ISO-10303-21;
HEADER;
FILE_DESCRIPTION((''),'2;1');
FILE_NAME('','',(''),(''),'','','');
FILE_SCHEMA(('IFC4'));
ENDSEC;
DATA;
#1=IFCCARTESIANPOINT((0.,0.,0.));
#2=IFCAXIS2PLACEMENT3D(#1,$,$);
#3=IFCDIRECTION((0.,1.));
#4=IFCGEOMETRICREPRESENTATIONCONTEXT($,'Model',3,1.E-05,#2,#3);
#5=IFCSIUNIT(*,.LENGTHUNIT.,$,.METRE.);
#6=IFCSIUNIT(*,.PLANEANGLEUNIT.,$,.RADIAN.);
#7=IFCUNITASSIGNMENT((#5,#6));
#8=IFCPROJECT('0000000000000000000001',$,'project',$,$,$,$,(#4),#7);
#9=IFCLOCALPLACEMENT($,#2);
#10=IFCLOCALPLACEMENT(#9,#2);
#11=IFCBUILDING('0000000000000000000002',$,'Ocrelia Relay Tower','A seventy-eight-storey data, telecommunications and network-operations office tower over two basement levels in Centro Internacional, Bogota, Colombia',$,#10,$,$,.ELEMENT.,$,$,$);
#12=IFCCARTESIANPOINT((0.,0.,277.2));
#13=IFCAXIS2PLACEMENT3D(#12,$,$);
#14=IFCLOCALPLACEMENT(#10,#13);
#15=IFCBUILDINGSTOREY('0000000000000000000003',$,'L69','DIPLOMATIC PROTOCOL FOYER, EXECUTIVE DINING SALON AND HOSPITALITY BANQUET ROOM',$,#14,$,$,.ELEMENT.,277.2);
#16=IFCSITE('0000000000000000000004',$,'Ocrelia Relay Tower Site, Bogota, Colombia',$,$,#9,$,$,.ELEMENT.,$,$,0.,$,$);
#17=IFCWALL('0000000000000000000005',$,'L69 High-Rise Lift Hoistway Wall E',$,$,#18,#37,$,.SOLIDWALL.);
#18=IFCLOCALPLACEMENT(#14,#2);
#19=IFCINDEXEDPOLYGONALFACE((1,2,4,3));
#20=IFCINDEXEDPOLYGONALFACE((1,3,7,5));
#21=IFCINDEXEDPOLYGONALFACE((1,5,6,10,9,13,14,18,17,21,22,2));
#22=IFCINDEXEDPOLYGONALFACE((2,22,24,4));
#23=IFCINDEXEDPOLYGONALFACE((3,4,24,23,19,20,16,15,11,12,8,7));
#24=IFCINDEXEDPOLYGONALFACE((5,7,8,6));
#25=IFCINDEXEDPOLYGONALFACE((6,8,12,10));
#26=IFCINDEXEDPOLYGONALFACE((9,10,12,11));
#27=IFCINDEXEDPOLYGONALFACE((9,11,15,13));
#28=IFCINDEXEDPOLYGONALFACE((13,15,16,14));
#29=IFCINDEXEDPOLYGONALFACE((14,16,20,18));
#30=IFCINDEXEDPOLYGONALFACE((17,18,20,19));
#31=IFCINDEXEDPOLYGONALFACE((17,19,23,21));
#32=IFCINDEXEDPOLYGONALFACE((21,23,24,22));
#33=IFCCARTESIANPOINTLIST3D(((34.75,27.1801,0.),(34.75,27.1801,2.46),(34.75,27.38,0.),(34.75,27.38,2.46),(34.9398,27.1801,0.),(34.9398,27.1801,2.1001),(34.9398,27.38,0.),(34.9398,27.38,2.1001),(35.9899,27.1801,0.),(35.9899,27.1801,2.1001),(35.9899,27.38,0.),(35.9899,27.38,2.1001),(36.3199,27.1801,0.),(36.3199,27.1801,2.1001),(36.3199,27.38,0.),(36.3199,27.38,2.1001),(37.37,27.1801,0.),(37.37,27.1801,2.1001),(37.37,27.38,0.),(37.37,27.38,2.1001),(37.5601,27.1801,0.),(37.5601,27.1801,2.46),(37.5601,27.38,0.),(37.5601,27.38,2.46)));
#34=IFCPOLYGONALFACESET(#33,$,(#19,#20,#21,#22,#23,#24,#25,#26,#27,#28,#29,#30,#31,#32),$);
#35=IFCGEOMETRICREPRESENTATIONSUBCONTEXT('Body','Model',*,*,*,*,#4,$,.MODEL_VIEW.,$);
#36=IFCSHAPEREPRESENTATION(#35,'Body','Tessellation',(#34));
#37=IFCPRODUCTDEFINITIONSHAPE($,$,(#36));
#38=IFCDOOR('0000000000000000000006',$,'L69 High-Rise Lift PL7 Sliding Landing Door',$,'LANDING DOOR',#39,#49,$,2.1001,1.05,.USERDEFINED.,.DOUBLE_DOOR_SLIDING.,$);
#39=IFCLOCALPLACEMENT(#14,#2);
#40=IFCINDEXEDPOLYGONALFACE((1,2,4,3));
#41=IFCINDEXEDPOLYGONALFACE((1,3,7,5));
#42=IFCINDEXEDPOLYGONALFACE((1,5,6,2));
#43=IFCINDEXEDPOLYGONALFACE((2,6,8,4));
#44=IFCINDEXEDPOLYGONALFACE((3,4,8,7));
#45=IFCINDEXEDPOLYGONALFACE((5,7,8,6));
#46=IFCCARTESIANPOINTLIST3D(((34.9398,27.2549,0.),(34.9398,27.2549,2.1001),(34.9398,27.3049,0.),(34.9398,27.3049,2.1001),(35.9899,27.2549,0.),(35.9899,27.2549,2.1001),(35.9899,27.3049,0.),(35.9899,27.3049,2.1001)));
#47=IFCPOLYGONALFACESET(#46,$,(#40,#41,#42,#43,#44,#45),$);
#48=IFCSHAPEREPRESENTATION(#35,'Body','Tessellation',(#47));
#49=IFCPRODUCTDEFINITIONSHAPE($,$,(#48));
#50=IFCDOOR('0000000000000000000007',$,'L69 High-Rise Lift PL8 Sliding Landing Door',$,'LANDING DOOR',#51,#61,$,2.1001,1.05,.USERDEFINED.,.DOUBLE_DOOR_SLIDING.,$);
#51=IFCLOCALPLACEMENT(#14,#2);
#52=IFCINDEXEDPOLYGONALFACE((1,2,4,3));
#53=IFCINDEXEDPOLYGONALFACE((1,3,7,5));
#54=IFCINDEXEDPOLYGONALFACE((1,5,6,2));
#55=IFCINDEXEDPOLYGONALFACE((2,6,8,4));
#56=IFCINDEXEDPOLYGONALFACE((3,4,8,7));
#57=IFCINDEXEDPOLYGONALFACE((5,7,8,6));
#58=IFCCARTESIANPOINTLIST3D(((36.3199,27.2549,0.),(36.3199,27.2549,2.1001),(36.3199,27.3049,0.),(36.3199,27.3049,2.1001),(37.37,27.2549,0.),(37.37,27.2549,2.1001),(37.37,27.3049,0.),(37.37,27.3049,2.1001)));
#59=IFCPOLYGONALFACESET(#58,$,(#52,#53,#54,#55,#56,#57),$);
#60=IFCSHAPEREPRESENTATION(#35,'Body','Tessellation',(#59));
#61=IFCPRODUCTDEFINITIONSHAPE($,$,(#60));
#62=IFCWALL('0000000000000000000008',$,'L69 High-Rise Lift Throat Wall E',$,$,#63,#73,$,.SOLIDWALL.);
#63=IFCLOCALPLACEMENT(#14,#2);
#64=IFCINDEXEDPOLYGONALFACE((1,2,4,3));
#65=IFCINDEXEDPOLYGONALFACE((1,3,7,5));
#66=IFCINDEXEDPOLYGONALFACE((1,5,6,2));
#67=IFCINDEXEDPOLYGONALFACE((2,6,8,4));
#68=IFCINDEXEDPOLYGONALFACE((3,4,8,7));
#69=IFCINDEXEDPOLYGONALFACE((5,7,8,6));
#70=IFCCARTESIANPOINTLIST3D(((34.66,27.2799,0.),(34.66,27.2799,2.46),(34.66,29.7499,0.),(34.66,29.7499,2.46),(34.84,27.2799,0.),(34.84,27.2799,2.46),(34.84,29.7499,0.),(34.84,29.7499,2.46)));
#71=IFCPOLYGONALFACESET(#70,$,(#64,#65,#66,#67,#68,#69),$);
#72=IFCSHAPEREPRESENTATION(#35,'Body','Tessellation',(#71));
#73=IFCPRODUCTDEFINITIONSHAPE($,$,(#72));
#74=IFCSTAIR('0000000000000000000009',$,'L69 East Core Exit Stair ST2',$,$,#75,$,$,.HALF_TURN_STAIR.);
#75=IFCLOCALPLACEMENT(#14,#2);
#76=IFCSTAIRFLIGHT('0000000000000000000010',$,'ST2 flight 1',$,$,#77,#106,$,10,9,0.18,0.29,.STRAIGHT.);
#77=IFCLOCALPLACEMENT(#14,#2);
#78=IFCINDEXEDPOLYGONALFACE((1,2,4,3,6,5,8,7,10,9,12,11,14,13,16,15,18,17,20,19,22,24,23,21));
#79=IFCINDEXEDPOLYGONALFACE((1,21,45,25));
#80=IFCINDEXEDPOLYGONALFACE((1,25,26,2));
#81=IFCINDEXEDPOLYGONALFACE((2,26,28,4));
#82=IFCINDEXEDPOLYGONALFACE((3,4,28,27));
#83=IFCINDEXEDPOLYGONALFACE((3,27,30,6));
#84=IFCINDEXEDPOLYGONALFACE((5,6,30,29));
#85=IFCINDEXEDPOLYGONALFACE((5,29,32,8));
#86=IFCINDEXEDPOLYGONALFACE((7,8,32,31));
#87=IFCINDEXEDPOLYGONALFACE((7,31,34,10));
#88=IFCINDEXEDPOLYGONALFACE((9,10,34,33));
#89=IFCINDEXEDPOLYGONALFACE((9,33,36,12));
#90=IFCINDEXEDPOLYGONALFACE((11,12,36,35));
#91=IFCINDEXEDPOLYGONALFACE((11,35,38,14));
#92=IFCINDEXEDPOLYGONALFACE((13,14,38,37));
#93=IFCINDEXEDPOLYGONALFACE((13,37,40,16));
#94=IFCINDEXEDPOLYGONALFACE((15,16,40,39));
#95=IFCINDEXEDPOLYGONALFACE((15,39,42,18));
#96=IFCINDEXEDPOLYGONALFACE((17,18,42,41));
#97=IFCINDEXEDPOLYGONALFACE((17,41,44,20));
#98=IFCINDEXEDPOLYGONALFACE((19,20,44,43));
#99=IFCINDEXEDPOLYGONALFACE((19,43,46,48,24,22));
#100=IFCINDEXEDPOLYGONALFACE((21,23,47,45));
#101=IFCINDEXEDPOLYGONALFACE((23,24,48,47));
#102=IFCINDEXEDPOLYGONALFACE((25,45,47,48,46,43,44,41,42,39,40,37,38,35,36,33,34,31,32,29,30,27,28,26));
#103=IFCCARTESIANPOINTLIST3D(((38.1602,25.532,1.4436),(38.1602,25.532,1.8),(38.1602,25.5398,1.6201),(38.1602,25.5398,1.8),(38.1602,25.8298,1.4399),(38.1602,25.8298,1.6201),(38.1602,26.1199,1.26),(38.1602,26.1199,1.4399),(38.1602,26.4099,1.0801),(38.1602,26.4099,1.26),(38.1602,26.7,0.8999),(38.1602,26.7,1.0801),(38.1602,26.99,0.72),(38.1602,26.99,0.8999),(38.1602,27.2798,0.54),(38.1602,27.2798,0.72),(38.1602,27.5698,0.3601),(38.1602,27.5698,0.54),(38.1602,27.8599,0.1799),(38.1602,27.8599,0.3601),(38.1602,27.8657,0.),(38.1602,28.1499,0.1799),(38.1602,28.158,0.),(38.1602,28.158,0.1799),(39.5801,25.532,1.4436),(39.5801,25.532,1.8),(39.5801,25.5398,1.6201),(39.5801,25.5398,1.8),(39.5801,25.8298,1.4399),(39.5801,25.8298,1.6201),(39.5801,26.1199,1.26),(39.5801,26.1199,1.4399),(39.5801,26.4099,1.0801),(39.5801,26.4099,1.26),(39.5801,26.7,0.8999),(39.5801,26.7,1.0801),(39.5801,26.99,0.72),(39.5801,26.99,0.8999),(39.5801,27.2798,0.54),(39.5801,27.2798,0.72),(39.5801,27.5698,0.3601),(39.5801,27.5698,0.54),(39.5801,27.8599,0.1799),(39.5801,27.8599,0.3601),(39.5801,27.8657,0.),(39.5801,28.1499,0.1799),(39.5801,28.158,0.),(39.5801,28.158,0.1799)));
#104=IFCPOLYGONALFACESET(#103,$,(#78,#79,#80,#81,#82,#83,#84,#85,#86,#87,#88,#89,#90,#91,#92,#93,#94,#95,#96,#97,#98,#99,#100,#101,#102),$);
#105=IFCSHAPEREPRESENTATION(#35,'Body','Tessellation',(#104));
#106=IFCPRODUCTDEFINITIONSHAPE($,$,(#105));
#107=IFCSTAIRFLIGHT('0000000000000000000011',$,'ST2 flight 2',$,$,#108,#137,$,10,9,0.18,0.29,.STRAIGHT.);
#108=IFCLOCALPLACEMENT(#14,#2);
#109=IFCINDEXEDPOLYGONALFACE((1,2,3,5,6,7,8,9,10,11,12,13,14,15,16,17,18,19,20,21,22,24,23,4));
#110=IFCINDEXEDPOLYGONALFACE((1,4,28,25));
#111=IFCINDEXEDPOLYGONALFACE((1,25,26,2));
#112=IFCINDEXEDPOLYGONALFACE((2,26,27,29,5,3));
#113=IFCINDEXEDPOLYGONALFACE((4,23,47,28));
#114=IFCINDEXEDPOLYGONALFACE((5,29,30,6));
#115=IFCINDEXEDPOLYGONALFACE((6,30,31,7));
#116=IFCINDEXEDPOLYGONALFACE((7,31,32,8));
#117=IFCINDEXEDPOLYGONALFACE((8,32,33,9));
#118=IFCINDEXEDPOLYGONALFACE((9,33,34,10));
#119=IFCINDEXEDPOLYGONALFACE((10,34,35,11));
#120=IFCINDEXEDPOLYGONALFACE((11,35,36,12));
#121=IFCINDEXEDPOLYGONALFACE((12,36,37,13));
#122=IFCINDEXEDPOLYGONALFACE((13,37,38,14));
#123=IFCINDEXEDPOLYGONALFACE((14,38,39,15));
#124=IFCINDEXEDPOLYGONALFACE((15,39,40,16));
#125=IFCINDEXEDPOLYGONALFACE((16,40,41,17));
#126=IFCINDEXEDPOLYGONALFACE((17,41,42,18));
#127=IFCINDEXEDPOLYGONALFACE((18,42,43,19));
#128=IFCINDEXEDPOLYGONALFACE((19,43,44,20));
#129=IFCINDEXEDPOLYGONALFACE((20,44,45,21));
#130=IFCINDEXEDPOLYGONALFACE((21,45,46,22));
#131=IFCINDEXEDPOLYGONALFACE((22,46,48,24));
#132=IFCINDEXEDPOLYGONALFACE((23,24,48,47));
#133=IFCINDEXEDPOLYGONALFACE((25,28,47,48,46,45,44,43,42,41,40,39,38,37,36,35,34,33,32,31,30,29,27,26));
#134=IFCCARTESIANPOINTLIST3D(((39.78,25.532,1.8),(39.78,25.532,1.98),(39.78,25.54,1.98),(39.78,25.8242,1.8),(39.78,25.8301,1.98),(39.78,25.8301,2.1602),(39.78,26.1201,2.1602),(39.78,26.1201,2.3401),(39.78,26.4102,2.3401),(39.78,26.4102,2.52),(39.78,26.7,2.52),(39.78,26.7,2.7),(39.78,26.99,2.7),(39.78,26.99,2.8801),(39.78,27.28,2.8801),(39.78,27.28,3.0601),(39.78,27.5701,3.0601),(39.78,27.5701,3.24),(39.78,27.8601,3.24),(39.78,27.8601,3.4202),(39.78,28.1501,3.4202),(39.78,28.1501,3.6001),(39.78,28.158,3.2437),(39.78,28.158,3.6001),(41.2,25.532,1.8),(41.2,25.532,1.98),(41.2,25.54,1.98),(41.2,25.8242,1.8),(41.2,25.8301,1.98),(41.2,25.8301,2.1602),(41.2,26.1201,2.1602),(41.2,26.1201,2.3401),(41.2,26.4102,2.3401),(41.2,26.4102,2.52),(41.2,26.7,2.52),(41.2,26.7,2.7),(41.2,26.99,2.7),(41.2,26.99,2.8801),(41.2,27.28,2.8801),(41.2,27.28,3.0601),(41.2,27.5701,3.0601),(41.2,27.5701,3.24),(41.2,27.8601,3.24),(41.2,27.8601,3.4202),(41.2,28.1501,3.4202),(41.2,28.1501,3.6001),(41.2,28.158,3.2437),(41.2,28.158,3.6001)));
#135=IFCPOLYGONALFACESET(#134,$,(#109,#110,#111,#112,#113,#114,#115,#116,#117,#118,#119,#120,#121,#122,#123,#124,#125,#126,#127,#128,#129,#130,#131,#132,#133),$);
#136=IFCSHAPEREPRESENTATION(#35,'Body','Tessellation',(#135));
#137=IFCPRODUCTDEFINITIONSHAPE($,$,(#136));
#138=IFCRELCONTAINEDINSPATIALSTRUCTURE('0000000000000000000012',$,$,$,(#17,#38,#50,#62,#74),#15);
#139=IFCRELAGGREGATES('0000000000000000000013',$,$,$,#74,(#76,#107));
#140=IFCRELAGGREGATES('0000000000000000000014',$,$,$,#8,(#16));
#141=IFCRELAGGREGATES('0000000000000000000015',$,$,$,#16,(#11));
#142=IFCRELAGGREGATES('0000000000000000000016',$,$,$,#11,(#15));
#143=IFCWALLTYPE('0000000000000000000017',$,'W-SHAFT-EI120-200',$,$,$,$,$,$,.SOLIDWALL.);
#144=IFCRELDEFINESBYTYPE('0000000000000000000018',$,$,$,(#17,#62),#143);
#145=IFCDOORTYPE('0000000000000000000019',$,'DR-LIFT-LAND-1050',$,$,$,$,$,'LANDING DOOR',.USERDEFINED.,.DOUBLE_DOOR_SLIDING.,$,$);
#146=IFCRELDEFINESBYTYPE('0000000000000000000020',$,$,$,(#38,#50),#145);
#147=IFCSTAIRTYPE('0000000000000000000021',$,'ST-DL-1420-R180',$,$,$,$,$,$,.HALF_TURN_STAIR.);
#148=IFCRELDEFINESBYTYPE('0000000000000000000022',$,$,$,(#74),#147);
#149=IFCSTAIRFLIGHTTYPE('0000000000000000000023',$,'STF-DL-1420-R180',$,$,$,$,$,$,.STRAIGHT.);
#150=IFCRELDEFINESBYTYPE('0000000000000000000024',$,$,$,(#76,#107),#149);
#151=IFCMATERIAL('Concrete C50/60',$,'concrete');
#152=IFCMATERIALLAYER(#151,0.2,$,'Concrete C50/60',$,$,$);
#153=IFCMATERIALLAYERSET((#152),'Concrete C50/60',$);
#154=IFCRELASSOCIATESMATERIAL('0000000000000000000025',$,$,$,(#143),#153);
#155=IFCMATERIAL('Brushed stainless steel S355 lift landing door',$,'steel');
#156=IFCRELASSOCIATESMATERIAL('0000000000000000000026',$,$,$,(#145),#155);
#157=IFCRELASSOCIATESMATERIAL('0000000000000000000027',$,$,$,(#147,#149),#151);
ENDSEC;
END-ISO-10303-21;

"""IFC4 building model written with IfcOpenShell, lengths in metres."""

from ifc_helpers import new_model, si_unit, direction, frame, frame_2d, origin, place, context, subcontext, project, spatial, polyline, rectangle, outline, extrude, material, layer, layer_set, type_object, element, fill, aggregate, save


model = new_model("IFC4")

# Units and contexts
model_context = context("Model", 3, precision=1e-05, world=origin(), true_north=direction((0.0, 1.0)))
body_context = subcontext(model_context, "Body", "Model", "MODEL_VIEW")
ifc_project = project(units=[si_unit("LENGTHUNIT", "METRE"), si_unit("PLANEANGLEUNIT", "RADIAN")], contexts=[model_context])

# Site, building, storey
site_placement = place(None, origin())
site = spatial("IfcSite", under=ifc_project, at=site_placement, Name="Ocrelia Relay Tower Site, Bogota, Colombia", CompositionType="ELEMENT", RefElevation=0.0)
building_placement = place(site_placement, origin())
building = spatial("IfcBuilding", under=site, at=building_placement, Name="Ocrelia Relay Tower", Description="A seventy-eight-storey data, telecommunications and network-operations office tower over two basement levels in Centro Internacional, Bogota, Colombia", CompositionType="ELEMENT")
storey_placement = place(building_placement, frame((0.0, 0.0, 277.2)))
storey = spatial("IfcBuildingStorey", under=building, at=storey_placement, Name="L69", Description="DIPLOMATIC PROTOCOL FOYER, EXECUTIVE DINING SALON AND HOSPITALITY BANQUET ROOM", CompositionType="ELEMENT", Elevation=277.2)

# Shared definitions
ifc_material_1 = material(Name="Concrete C50/60", Category="concrete")
ifc_layer_1 = layer(ifc_material_1, 0.2, Name="Concrete C50/60")
ifc_layer_set_1 = layer_set([ifc_layer_1], Name="Concrete C50/60")
wall_type_1 = type_object("IfcWallType", Name="W-SHAFT-EI120-200", PredefinedType="SOLIDWALL", material=ifc_layer_set_1)

# Wall, openings, doors
wall_1_placement = place(storey_placement, frame((34.75, 27.28, 0.0), z_axis=(0.0, 0.0, 1.0), x_axis=(1.0, 0.0, 0.0)))
wall_1 = element("IfcWall", 1, at=wall_1_placement, inside=storey, type_object=wall_type_1, Name="L69 High-Rise Lift Hoistway Wall E", PredefinedType="SOLIDWALL", context=body_context, shape_type="SweptSolid", body=[
    extrude(rectangle(XDim=2.8101, YDim=0.2, at=frame_2d((1.405, 0.0))), origin(), (0.0, 0.0, 1.0), 2.46),
])
opening_1_placement = place(wall_1_placement, frame((0.1899, 0.0, 0.0)))
opening_1 = element("IfcOpeningElement", 2, at=opening_1_placement, cuts=wall_1, PredefinedType="OPENING", context=body_context, shape_type="SweptSolid", body=[
    extrude(rectangle(XDim=1.05, YDim=2.1001, at=frame_2d((0.5249, 1.05))), frame((0.0, 0.1099, 0.0), z_axis=(0.0, -1.0, 0.0), x_axis=(1.0, 0.0, 0.0)), (0.0, 0.0, 1.0), 0.22),
])
opening_2_placement = place(wall_1_placement, frame((1.5701, 0.0, 0.0)))
opening_2 = element("IfcOpeningElement", 3, at=opening_2_placement, cuts=wall_1, PredefinedType="OPENING", context=body_context, shape_type="SweptSolid", body=[
    extrude(rectangle(XDim=1.05, YDim=2.1001, at=frame_2d((0.5249, 1.05))), frame((0.0, 0.1099, 0.0), z_axis=(0.0, -1.0, 0.0), x_axis=(1.0, 0.0, 0.0)), (0.0, 0.0, 1.0), 0.22),
])
ifc_material_2 = material(Name="Brushed stainless steel S355 lift landing door", Category="steel")
door_type = type_object("IfcDoorType", Name="DR-LIFT-LAND-1050", ElementType="LANDING DOOR", OperationType="DOUBLE_DOOR_SLIDING", PredefinedType="USERDEFINED", material=ifc_material_2)
door_1_placement = place(opening_1_placement, origin())
door_1 = element("IfcDoor", 4, at=door_1_placement, inside=storey, type_object=door_type, Name="L69 High-Rise Lift PL7 Sliding Landing Door", ObjectType="LANDING DOOR", OperationType="DOUBLE_DOOR_SLIDING", OverallHeight=2.1001, OverallWidth=1.05, PredefinedType="USERDEFINED", context=body_context, shape_type="SweptSolid", body=[
    extrude(rectangle(XDim=1.05, YDim=2.1001, at=frame_2d((0.5249, 1.05))), frame((0.0, 0.0249, 0.0), z_axis=(0.0, -1.0, 0.0), x_axis=(1.0, 0.0, 0.0)), (0.0, 0.0, 1.0), 0.05),
])
fill(opening_1, door_1)
door_2_placement = place(opening_2_placement, origin())
door_2 = element("IfcDoor", 5, at=door_2_placement, inside=storey, type_object=door_type, Name="L69 High-Rise Lift PL8 Sliding Landing Door", ObjectType="LANDING DOOR", OperationType="DOUBLE_DOOR_SLIDING", OverallHeight=2.1001, OverallWidth=1.05, PredefinedType="USERDEFINED", context=body_context, shape_type="SweptSolid", body=[
    extrude(rectangle(XDim=1.05, YDim=2.1001, at=frame_2d((0.5249, 1.05))), frame((0.0, 0.0249, 0.0), z_axis=(0.0, -1.0, 0.0), x_axis=(1.0, 0.0, 0.0)), (0.0, 0.0, 1.0), 0.05),
])
fill(opening_2, door_2)

# Wall
wall_2_placement = place(storey_placement, frame((34.75, 27.28, 0.0), z_axis=(0.0, 0.0, 1.0), x_axis=(0.0, 1.0, 0.0)))
element("IfcWall", 6, at=wall_2_placement, inside=storey, type_object=wall_type_1, Name="L69 High-Rise Lift Throat Wall E", PredefinedType="SOLIDWALL", context=body_context, shape_type="SweptSolid", body=[
    extrude(rectangle(XDim=2.47, YDim=0.1799, at=frame_2d((1.2349, 0.0))), origin(), (0.0, 0.0, 1.0), 2.46),
])

# Stair, stair flights
stair_type = type_object("IfcStairType", Name="ST-DL-1420-R180", PredefinedType="HALF_TURN_STAIR", material=ifc_material_1)
stair_placement = place(storey_placement, origin())
stair = element("IfcStair", 7, at=stair_placement, inside=storey, type_object=stair_type, Name="L69 East Core Exit Stair ST2", PredefinedType="HALF_TURN_STAIR")
stair_flight_type = type_object("IfcStairFlightType", Name="STF-DL-1420-R180", PredefinedType="STRAIGHT", material=ifc_material_1)
stair_flight_1_placement = place(storey_placement, frame((38.8701, 28.1499, 0.0), z_axis=(0.0, 0.0, 1.0), x_axis=(0.0, -1.0, 0.0)))
stair_flight_1 = element("IfcStairFlight", 8, at=stair_flight_1_placement, type_object=stair_flight_type, Name="ST2 flight 1", NumberOfRisers=10, NumberOfTreads=9, PredefinedType="STRAIGHT", RiserHeight=0.18, TreadLength=0.29, context=body_context, shape_type="SweptSolid", body=[
    extrude(outline(polyline([(-0.0081, 0.0), (-0.0081, 0.1799), (0.0, 0.1799), (0.29, 0.1799), (0.29, 0.3601), (0.5801, 0.3601), (0.5801, 0.54), (0.8701, 0.54), (0.8701, 0.72), (1.1599, 0.72), (1.1599, 0.8999), (1.45, 0.8999), (1.45, 1.0801), (1.74, 1.0801), (1.74, 1.26), (2.03, 1.26), (2.03, 1.4399), (2.3201, 1.4399), (2.3201, 1.6201), (2.6101, 1.6201), (2.6101, 1.8), (2.6179, 1.8), (2.6179, 1.4436), (0.2842, 0.0), (-0.0081, 0.0)])), frame((0.0, 0.71, 0.0), z_axis=(0.0, -1.0, 0.0), x_axis=(1.0, 0.0, 0.0)), (0.0, 0.0, 1.0), 1.4199),
])
stair_flight_2_placement = place(storey_placement, frame((40.49, 25.54, 1.8), z_axis=(0.0, 0.0, 1.0), x_axis=(0.0, 1.0, 0.0)))
stair_flight_2 = element("IfcStairFlight", 9, at=stair_flight_2_placement, type_object=stair_flight_type, Name="ST2 flight 2", NumberOfRisers=10, NumberOfTreads=9, PredefinedType="STRAIGHT", RiserHeight=0.18, TreadLength=0.29, context=body_context, shape_type="SweptSolid", body=[
    extrude(outline(polyline([(-0.0081, 0.0), (-0.0081, 0.1799), (0.0, 0.1799), (0.29, 0.1799), (0.29, 0.3601), (0.5801, 0.3601), (0.5801, 0.54), (0.8701, 0.54), (0.8701, 0.72), (1.1599, 0.72), (1.1599, 0.8999), (1.45, 0.8999), (1.45, 1.0801), (1.74, 1.0801), (1.74, 1.26), (2.03, 1.26), (2.03, 1.4399), (2.3201, 1.4399), (2.3201, 1.6201), (2.6101, 1.6201), (2.6101, 1.8), (2.6179, 1.8), (2.6179, 1.4436), (0.2842, 0.0), (-0.0081, 0.0)])), frame((0.0, 0.71, 0.0), z_axis=(0.0, -1.0, 0.0), x_axis=(1.0, 0.0, 0.0)), (0.0, 0.0, 1.0), 1.4199),
])
aggregate(stair, [stair_flight_1, stair_flight_2])

save(model, "model.ifc")
